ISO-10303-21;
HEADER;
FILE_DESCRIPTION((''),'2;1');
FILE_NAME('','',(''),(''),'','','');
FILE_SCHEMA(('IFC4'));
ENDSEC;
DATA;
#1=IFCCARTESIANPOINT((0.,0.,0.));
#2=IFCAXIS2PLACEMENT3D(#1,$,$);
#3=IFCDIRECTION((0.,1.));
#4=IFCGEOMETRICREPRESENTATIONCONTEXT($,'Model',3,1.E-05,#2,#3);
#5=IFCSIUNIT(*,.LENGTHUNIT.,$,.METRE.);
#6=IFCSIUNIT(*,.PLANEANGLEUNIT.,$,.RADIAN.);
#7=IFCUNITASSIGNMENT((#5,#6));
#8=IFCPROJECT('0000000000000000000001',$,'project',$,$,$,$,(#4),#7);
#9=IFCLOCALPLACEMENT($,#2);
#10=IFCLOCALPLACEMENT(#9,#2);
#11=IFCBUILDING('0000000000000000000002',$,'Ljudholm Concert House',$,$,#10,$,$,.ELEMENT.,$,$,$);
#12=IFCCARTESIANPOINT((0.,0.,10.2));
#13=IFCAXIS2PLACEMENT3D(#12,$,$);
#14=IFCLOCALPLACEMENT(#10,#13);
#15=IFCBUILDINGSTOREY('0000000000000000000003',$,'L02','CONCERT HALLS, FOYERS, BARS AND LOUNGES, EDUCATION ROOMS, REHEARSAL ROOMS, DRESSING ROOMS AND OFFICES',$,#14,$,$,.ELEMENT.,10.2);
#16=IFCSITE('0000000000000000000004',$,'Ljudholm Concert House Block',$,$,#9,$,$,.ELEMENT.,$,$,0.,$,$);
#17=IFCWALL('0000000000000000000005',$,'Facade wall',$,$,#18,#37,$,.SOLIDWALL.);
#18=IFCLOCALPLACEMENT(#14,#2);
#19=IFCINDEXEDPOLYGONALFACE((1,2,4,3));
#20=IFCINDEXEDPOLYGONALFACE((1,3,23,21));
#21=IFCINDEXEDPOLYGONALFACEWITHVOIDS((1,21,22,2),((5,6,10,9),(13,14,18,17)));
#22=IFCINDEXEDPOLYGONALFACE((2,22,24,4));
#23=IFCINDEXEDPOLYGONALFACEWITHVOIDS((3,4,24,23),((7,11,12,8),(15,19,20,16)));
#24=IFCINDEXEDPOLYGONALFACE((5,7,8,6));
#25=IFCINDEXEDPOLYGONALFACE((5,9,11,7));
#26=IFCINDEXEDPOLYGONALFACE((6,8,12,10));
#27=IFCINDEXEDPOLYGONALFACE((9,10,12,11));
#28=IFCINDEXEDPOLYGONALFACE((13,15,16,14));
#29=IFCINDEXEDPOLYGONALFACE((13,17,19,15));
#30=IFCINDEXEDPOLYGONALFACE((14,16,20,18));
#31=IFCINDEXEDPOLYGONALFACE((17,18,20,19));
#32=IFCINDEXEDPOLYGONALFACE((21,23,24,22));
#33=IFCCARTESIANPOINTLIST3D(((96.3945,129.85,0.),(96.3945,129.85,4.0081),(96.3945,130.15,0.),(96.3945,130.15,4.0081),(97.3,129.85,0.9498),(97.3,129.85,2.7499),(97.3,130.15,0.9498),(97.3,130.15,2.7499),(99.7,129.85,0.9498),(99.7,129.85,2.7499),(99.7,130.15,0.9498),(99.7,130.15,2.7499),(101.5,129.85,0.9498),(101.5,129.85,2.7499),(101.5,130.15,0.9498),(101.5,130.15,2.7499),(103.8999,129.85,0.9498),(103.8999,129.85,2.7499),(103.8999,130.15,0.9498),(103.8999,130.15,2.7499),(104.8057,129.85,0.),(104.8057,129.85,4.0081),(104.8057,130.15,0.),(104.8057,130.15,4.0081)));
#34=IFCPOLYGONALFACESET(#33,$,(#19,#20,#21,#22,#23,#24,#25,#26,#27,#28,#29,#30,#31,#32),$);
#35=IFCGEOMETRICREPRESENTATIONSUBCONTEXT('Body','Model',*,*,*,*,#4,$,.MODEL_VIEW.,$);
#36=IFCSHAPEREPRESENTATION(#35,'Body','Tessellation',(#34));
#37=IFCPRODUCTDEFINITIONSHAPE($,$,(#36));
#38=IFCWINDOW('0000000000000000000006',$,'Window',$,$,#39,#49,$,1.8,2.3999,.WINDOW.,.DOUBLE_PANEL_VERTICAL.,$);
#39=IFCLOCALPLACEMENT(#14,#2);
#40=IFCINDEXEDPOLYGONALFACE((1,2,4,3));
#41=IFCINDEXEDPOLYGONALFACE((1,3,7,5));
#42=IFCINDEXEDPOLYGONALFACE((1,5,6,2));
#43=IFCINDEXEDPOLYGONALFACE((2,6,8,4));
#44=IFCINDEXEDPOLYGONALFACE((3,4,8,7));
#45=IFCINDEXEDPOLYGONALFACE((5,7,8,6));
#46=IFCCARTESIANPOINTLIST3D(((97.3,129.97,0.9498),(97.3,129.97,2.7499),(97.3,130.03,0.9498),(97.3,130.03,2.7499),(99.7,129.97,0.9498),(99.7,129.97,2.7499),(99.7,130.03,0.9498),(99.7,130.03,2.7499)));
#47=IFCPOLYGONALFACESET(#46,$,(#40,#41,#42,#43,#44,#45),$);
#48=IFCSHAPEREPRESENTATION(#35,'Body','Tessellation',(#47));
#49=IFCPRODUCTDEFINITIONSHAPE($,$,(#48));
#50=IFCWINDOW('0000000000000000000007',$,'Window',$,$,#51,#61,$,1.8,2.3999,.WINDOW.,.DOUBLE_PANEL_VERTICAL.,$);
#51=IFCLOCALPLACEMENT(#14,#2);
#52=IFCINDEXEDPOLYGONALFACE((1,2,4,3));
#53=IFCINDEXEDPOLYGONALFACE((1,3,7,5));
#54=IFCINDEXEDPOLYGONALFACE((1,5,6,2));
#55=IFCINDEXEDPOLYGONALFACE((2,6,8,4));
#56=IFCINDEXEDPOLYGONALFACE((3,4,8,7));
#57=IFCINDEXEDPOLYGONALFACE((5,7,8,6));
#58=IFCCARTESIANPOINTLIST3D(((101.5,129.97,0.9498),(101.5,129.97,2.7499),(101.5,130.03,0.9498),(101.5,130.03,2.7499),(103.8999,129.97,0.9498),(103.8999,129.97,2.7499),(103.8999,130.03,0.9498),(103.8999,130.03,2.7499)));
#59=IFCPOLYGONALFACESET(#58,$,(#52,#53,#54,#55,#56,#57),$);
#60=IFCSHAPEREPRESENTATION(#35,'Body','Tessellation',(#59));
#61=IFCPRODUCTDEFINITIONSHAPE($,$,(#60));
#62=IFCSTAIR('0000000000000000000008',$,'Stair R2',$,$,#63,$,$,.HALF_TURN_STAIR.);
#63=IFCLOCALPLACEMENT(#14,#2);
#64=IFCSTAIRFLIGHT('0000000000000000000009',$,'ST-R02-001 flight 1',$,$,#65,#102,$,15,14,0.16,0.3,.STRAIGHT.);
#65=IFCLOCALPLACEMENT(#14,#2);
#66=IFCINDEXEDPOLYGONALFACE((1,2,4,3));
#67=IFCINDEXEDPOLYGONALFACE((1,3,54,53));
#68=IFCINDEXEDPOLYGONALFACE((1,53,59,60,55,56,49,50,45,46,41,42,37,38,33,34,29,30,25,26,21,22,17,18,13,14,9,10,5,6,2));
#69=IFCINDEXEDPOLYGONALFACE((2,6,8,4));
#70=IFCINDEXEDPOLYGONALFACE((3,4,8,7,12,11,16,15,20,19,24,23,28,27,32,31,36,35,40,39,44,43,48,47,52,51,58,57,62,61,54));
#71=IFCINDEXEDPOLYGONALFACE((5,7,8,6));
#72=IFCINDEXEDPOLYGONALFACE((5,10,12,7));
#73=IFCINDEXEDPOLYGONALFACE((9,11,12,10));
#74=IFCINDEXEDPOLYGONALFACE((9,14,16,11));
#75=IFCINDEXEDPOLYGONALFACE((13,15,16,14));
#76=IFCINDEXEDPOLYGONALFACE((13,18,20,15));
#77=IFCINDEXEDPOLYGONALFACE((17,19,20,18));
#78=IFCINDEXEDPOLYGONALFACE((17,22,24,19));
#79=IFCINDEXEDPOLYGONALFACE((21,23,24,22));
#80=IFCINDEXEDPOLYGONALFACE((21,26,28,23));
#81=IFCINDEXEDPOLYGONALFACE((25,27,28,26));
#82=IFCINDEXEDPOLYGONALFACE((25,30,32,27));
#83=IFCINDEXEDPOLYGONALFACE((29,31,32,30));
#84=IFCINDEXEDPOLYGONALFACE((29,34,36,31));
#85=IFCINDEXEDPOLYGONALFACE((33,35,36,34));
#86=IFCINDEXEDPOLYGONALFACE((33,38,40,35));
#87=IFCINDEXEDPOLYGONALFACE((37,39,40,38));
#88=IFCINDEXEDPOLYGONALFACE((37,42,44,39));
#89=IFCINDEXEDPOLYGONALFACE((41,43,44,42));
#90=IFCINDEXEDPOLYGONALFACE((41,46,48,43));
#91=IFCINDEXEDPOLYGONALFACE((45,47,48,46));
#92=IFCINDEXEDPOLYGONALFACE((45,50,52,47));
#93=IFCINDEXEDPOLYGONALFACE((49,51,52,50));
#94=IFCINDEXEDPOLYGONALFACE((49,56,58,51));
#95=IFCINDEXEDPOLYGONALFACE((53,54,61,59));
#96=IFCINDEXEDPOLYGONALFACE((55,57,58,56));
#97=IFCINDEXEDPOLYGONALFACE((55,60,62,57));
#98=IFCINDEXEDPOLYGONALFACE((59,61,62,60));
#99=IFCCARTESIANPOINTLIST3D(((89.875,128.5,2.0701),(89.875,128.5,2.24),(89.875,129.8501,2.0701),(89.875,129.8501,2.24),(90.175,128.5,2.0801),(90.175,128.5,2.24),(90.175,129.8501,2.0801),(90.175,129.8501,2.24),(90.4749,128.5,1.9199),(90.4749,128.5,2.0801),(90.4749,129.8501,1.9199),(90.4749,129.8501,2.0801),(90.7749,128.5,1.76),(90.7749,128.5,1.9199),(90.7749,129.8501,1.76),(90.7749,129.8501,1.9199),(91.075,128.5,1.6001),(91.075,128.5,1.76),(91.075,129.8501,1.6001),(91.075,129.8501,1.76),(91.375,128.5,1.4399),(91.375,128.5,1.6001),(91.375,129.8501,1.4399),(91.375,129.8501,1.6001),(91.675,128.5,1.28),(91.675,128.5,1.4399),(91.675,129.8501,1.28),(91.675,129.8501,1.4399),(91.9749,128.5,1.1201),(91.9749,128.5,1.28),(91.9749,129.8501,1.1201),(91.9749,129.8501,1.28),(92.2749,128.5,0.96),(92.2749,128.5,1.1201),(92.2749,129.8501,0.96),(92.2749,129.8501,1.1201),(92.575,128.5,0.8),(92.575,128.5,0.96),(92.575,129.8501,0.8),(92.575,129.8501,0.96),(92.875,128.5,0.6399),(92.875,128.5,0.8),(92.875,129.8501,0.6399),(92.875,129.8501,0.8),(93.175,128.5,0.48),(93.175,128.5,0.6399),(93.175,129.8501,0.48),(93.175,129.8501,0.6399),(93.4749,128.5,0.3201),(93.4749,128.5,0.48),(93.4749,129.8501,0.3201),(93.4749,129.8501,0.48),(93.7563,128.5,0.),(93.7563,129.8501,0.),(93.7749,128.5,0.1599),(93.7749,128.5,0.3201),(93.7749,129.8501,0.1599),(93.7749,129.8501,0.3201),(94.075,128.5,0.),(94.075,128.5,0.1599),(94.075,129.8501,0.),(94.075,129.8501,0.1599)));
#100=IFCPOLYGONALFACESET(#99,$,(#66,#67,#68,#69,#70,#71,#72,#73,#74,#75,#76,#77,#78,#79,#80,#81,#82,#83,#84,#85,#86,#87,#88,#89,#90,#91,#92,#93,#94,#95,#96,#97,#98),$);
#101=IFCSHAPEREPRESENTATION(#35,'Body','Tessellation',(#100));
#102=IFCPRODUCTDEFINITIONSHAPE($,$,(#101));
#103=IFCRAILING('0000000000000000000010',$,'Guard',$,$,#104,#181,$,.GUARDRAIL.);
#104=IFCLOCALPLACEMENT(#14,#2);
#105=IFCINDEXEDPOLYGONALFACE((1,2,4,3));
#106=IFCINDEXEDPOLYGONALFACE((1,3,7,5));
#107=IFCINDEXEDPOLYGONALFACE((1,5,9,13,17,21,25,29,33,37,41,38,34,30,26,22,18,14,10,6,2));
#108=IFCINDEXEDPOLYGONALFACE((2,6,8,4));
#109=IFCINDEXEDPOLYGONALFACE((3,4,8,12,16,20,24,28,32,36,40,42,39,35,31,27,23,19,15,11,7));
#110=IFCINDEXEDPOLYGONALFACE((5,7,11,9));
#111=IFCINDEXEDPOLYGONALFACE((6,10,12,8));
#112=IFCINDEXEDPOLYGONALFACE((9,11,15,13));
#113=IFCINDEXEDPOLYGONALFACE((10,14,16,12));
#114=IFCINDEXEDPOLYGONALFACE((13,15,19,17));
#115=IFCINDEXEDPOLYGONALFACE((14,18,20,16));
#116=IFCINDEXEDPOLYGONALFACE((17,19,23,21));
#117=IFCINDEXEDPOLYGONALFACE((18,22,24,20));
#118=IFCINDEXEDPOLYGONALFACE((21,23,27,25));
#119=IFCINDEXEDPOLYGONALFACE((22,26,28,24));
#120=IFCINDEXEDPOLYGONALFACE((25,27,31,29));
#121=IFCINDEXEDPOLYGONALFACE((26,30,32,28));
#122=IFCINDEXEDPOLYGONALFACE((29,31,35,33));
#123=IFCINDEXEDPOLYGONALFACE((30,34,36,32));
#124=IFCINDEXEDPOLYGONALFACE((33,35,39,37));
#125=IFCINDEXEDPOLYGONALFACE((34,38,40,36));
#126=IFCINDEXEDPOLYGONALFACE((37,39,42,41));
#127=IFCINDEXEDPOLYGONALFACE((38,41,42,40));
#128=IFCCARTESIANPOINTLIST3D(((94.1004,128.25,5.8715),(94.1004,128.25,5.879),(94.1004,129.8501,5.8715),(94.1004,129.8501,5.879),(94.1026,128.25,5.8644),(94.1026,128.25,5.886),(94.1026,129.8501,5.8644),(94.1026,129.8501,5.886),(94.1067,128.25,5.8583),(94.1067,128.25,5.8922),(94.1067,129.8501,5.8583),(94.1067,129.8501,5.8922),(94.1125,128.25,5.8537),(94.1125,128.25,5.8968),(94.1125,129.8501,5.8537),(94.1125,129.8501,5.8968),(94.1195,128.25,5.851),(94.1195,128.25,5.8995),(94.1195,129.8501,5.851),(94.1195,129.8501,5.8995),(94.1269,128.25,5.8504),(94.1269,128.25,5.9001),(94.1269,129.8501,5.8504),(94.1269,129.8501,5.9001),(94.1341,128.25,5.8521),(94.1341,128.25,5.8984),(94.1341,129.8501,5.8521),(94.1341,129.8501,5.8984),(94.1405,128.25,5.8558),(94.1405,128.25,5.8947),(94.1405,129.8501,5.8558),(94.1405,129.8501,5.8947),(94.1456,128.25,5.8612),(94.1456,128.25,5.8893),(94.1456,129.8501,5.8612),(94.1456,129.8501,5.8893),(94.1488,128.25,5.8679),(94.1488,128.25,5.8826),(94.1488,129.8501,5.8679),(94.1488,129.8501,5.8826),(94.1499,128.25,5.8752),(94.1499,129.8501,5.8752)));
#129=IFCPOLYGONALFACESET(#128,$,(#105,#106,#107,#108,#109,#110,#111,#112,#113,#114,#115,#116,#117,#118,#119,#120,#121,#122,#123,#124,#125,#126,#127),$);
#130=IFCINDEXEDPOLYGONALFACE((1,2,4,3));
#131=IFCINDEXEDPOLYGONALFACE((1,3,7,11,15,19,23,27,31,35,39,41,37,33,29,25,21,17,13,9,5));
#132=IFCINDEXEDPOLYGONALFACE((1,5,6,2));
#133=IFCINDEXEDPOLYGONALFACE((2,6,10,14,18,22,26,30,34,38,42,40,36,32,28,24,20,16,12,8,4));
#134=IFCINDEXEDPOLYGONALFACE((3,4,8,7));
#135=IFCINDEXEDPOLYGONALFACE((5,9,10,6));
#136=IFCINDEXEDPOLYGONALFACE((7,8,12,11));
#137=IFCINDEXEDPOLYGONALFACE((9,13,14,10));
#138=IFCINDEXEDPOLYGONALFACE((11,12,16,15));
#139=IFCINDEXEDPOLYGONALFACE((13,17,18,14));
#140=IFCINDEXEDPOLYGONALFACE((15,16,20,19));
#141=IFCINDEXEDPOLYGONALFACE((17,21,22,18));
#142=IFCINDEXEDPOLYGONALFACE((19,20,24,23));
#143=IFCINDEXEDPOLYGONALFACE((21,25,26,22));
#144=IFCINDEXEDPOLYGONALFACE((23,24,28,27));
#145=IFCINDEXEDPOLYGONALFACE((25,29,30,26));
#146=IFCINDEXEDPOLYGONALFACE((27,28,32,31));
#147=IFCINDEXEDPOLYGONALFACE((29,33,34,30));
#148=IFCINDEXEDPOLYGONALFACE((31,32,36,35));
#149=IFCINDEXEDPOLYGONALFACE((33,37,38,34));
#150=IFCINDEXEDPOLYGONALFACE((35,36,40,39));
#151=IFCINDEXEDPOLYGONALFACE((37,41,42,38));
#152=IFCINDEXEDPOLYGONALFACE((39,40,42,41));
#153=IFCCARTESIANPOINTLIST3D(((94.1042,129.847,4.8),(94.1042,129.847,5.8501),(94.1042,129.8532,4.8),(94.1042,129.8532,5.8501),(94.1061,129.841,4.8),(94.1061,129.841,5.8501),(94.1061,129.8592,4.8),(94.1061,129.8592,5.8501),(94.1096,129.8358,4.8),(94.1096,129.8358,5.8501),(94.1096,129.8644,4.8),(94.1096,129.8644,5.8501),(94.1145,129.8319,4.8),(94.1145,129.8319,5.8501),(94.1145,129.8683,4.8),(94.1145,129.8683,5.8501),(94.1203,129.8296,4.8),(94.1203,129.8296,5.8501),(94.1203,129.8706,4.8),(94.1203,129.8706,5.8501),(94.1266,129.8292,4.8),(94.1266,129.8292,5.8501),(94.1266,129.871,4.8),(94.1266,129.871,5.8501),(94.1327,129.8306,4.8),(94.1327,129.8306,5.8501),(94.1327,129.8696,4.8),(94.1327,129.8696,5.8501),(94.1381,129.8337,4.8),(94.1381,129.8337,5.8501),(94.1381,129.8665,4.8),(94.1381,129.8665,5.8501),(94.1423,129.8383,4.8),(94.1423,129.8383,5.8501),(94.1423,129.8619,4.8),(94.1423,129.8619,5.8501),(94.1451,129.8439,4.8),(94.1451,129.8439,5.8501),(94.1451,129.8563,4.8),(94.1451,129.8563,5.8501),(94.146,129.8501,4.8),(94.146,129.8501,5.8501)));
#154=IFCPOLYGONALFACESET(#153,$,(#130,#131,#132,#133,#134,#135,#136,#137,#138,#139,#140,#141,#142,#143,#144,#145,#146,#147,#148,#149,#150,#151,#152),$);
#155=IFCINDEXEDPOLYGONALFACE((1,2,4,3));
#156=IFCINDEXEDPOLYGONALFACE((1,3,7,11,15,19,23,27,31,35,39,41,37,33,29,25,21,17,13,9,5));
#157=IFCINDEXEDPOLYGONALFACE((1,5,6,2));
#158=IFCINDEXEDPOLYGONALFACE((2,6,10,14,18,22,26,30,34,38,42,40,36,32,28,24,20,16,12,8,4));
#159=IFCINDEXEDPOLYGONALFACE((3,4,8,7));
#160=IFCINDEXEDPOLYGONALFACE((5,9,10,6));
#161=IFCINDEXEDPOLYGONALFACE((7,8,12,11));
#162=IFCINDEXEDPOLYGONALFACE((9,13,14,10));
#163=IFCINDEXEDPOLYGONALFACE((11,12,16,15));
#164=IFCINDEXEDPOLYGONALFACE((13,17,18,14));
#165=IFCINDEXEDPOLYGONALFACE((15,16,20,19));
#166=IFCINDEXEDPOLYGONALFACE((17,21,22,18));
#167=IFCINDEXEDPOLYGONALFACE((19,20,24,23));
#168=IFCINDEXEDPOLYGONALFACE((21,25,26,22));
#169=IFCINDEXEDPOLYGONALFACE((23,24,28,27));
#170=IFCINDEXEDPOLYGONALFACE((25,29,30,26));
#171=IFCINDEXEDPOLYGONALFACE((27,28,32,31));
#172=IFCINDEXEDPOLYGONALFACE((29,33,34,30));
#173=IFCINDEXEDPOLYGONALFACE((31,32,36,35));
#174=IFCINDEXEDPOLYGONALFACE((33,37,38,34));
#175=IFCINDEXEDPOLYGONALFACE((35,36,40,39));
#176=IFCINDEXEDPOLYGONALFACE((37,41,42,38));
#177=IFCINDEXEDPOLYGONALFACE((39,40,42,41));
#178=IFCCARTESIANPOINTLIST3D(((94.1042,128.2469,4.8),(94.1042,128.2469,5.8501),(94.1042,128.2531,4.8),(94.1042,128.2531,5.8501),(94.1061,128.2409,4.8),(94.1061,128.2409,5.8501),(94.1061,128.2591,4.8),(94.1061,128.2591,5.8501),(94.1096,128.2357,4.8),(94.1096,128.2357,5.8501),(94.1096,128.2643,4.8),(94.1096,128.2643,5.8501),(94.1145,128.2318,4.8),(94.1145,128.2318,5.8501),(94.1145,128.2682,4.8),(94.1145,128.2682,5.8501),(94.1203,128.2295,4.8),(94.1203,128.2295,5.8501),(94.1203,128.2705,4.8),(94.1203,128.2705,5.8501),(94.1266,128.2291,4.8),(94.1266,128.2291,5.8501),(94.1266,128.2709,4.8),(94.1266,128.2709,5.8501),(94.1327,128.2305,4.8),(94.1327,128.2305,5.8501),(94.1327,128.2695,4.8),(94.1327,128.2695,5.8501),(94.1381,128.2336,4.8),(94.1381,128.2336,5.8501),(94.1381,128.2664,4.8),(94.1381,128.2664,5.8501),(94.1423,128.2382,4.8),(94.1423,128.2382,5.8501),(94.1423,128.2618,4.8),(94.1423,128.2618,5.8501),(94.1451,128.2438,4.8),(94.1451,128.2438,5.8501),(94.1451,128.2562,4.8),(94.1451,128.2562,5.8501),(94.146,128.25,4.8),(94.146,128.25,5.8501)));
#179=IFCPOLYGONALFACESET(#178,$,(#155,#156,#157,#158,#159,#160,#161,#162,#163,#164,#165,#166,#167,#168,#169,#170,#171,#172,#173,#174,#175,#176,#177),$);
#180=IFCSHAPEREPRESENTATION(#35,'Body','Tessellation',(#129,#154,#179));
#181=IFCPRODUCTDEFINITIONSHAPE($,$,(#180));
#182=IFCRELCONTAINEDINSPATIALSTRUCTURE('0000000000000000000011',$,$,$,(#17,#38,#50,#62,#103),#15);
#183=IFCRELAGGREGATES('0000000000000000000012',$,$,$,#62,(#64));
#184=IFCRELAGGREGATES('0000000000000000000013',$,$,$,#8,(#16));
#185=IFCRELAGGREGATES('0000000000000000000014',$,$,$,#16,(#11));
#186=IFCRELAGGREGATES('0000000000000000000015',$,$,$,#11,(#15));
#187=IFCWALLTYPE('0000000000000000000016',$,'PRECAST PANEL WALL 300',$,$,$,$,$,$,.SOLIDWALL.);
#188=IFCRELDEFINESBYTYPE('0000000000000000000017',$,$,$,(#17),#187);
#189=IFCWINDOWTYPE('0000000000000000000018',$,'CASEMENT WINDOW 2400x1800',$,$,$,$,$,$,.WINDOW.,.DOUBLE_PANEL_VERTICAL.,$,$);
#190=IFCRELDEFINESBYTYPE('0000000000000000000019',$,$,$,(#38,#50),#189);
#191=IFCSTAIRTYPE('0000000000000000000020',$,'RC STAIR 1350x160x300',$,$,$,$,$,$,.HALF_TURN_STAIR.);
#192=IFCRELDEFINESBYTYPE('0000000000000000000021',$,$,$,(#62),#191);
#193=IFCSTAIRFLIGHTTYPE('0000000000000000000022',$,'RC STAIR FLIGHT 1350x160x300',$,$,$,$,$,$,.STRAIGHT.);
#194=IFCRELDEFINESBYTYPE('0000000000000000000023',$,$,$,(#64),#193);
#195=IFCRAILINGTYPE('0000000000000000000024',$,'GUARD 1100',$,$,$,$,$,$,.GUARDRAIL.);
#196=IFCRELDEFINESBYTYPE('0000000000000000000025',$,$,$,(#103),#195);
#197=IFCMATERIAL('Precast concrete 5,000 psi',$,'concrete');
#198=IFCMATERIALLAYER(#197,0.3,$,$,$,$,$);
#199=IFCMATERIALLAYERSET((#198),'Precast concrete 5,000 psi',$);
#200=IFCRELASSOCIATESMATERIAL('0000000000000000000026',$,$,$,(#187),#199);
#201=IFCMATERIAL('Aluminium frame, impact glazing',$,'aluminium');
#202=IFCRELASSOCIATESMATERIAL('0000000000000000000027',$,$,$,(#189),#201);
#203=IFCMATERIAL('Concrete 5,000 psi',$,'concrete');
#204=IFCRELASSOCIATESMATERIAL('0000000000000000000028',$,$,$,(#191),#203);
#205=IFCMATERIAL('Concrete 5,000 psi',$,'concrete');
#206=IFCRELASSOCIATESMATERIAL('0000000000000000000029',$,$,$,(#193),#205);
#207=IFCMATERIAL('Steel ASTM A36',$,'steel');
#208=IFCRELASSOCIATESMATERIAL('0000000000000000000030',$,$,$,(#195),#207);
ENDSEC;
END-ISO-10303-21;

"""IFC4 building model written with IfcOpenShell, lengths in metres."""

from ifc_helpers import new_model, si_unit, direction, frame, frame_2d, origin, origin_2d, place, context, subcontext, project, spatial, polyline, rectangle, circle, outline, extrude, material, layer, layer_set, type_object, element, fill, aggregate, save


model = new_model("IFC4")

# Units and contexts
model_context = context("Model", 3, precision=1e-05, world=origin(), true_north=direction((0.0, 1.0)))
body_context = subcontext(model_context, "Body", "Model", "MODEL_VIEW")
ifc_project = project(units=[si_unit("LENGTHUNIT", "METRE"), si_unit("PLANEANGLEUNIT", "RADIAN")], contexts=[model_context])

# Site, building, storey
site_placement = place(None, origin())
site = spatial("IfcSite", under=ifc_project, at=site_placement, Name="Ljudholm Concert House Block", CompositionType="ELEMENT", RefElevation=0.0)
building_placement = place(site_placement, origin())
building = spatial("IfcBuilding", under=site, at=building_placement, Name="Ljudholm Concert House", CompositionType="ELEMENT")
storey_placement = place(building_placement, frame((0.0, 0.0, 10.2)))
storey = spatial("IfcBuildingStorey", under=building, at=storey_placement, Name="L02", Description="CONCERT HALLS, FOYERS, BARS AND LOUNGES, EDUCATION ROOMS, REHEARSAL ROOMS, DRESSING ROOMS AND OFFICES", CompositionType="ELEMENT", Elevation=10.2)

# Wall, openings, windows
ifc_material_1 = material(Name="Precast concrete 5,000 psi", Category="concrete")
ifc_layer_1 = layer(ifc_material_1, 0.3)
ifc_layer_set_1 = layer_set([ifc_layer_1], Name="Precast concrete 5,000 psi")
wall_type_1 = type_object("IfcWallType", Name="PRECAST PANEL WALL 300", PredefinedType="SOLIDWALL", material=ifc_layer_set_1)
wall_1_placement = place(storey_placement, frame((96.3945, 130.0, 0.0), z_axis=(0.0, 0.0, 1.0), x_axis=(1.0, 0.0, 0.0)))
wall_1 = element("IfcWall", 1, at=wall_1_placement, inside=storey, type_object=wall_type_1, Name="Facade wall", PredefinedType="SOLIDWALL", context=body_context, shape_type="SweptSolid", body=[
    extrude(rectangle(XDim=8.4111, YDim=0.3, at=frame_2d((4.2056, 0.0))), origin(), (0.0, 0.0, 1.0), 4.0081),
])
opening_1_placement = place(wall_1_placement, frame((0.9055, 0.0, 0.95)))
opening_1 = element("IfcOpeningElement", 2, at=opening_1_placement, cuts=wall_1, PredefinedType="OPENING", context=body_context, shape_type="SweptSolid", body=[
    extrude(rectangle(XDim=2.3999, YDim=1.8, at=frame_2d((1.2, 0.8999))), frame((0.0, 0.1599, 0.0), z_axis=(0.0, -1.0, 0.0), x_axis=(1.0, 0.0, 0.0)), (0.0, 0.0, 1.0), 0.3201),
])
opening_2_placement = place(wall_1_placement, frame((5.1055, 0.0, 0.95)))
opening_2 = element("IfcOpeningElement", 3, at=opening_2_placement, cuts=wall_1, PredefinedType="OPENING", context=body_context, shape_type="SweptSolid", body=[
    extrude(rectangle(XDim=2.3999, YDim=1.8, at=frame_2d((1.2, 0.8999))), frame((0.0, 0.1599, 0.0), z_axis=(0.0, -1.0, 0.0), x_axis=(1.0, 0.0, 0.0)), (0.0, 0.0, 1.0), 0.3201),
])
ifc_material_2 = material(Name="Aluminium frame, impact glazing", Category="aluminium")
window_type = type_object("IfcWindowType", Name="CASEMENT WINDOW 2400x1800", PartitioningType="DOUBLE_PANEL_VERTICAL", PredefinedType="WINDOW", material=ifc_material_2)
window_1_placement = place(opening_1_placement, origin())
window_1 = element("IfcWindow", 4, at=window_1_placement, inside=storey, type_object=window_type, Name="Window", OverallHeight=1.8, OverallWidth=2.3999, PartitioningType="DOUBLE_PANEL_VERTICAL", PredefinedType="WINDOW", context=body_context, shape_type="SweptSolid", body=[
    extrude(rectangle(XDim=2.3999, YDim=1.8, at=frame_2d((1.2, 0.8999))), frame((0.0, 0.03, 0.0), z_axis=(0.0, -1.0, 0.0), x_axis=(1.0, 0.0, 0.0)), (0.0, 0.0, 1.0), 0.0601),
])
fill(opening_1, window_1)
window_2_placement = place(opening_2_placement, origin())
window_2 = element("IfcWindow", 5, at=window_2_placement, inside=storey, type_object=window_type, Name="Window", OverallHeight=1.8, OverallWidth=2.3999, PartitioningType="DOUBLE_PANEL_VERTICAL", PredefinedType="WINDOW", context=body_context, shape_type="SweptSolid", body=[
    extrude(rectangle(XDim=2.3999, YDim=1.8, at=frame_2d((1.2, 0.8999))), frame((0.0, 0.03, 0.0), z_axis=(0.0, -1.0, 0.0), x_axis=(1.0, 0.0, 0.0)), (0.0, 0.0, 1.0), 0.0601),
])
fill(opening_2, window_2)

# Stair, stair flight
ifc_material_3 = material(Name="Concrete 5,000 psi", Category="concrete")
stair_type = type_object("IfcStairType", Name="RC STAIR 1350x160x300", PredefinedType="HALF_TURN_STAIR", material=ifc_material_3)
stair_placement = place(storey_placement, origin())
stair = element("IfcStair", 6, at=stair_placement, inside=storey, type_object=stair_type, Name="Stair R2", PredefinedType="HALF_TURN_STAIR")
ifc_material_4 = material(Name="Concrete 5,000 psi", Category="concrete")
stair_flight_type = type_object("IfcStairFlightType", Name="RC STAIR FLIGHT 1350x160x300", PredefinedType="STRAIGHT", material=ifc_material_4)
stair_flight_placement = place(storey_placement, frame((94.075, 129.175, 0.0), z_axis=(0.0, 0.0, 1.0), x_axis=(-1.0, 0.0, 0.0)))
stair_flight = element("IfcStairFlight", 7, at=stair_flight_placement, type_object=stair_flight_type, Name="ST-R02-001 flight 1", NumberOfRisers=15, NumberOfTreads=14, PredefinedType="STRAIGHT", RiserHeight=0.16, TreadLength=0.3, context=body_context, shape_type="SweptSolid", body=[
    extrude(outline(polyline([(0.0, 0.0), (0.0, 0.1599), (0.3, 0.1599), (0.3, 0.3201), (0.6001, 0.3201), (0.6001, 0.48), (0.8999, 0.48), (0.8999, 0.6399), (1.2, 0.6399), (1.2, 0.8), (1.5, 0.8), (1.5, 0.96), (1.8, 0.96), (1.8, 1.1201), (2.1001, 1.1201), (2.1001, 1.28), (2.3999, 1.28), (2.3999, 1.4399), (2.7, 1.4399), (2.7, 1.6001), (3.0, 1.6001), (3.0, 1.76), (3.3, 1.76), (3.3, 1.9199), (3.6001, 1.9199), (3.6001, 2.0801), (3.8999, 2.0801), (3.8999, 2.24), (4.2, 2.24), (4.2, 2.3999), (4.2, 2.0701), (0.3186, 0.0), (0.0, 0.0)])), frame((0.0, 0.675, 0.0), z_axis=(0.0, -1.0, 0.0), x_axis=(1.0, 0.0, 0.0)), (0.0, 0.0, 1.0), 1.3501),
])
aggregate(stair, [stair_flight])

# Railing
ifc_material_5 = material(Name="Steel ASTM A36", Category="steel")
railing_type_1 = type_object("IfcRailingType", Name="GUARD 1100", PredefinedType="GUARDRAIL", material=ifc_material_5)
railing_1_placement = place(storey_placement, frame((94.125, 129.8501, 4.8)))
element("IfcRailing", 8, at=railing_1_placement, inside=storey, type_object=railing_type_1, Name="Guard", PredefinedType="GUARDRAIL", context=body_context, shape_type="SweptSolid", body=[
    extrude(circle(Radius=0.0249, at=origin_2d()), frame((0.0, 0.0, 1.0752), z_axis=(0.0, -1.0, 0.0), x_axis=(1.0, 0.0, 0.0)), (0.0, 0.0, 1.0), 1.6001),
    extrude(circle(Radius=0.021, at=origin_2d()), origin(), (0.0, 0.0, 1.0), 1.05),
    extrude(circle(Radius=0.021, at=origin_2d()), frame((0.0, -1.6001, 0.0)), (0.0, 0.0, 1.0), 1.05),
])

save(model, "model.ifc")
